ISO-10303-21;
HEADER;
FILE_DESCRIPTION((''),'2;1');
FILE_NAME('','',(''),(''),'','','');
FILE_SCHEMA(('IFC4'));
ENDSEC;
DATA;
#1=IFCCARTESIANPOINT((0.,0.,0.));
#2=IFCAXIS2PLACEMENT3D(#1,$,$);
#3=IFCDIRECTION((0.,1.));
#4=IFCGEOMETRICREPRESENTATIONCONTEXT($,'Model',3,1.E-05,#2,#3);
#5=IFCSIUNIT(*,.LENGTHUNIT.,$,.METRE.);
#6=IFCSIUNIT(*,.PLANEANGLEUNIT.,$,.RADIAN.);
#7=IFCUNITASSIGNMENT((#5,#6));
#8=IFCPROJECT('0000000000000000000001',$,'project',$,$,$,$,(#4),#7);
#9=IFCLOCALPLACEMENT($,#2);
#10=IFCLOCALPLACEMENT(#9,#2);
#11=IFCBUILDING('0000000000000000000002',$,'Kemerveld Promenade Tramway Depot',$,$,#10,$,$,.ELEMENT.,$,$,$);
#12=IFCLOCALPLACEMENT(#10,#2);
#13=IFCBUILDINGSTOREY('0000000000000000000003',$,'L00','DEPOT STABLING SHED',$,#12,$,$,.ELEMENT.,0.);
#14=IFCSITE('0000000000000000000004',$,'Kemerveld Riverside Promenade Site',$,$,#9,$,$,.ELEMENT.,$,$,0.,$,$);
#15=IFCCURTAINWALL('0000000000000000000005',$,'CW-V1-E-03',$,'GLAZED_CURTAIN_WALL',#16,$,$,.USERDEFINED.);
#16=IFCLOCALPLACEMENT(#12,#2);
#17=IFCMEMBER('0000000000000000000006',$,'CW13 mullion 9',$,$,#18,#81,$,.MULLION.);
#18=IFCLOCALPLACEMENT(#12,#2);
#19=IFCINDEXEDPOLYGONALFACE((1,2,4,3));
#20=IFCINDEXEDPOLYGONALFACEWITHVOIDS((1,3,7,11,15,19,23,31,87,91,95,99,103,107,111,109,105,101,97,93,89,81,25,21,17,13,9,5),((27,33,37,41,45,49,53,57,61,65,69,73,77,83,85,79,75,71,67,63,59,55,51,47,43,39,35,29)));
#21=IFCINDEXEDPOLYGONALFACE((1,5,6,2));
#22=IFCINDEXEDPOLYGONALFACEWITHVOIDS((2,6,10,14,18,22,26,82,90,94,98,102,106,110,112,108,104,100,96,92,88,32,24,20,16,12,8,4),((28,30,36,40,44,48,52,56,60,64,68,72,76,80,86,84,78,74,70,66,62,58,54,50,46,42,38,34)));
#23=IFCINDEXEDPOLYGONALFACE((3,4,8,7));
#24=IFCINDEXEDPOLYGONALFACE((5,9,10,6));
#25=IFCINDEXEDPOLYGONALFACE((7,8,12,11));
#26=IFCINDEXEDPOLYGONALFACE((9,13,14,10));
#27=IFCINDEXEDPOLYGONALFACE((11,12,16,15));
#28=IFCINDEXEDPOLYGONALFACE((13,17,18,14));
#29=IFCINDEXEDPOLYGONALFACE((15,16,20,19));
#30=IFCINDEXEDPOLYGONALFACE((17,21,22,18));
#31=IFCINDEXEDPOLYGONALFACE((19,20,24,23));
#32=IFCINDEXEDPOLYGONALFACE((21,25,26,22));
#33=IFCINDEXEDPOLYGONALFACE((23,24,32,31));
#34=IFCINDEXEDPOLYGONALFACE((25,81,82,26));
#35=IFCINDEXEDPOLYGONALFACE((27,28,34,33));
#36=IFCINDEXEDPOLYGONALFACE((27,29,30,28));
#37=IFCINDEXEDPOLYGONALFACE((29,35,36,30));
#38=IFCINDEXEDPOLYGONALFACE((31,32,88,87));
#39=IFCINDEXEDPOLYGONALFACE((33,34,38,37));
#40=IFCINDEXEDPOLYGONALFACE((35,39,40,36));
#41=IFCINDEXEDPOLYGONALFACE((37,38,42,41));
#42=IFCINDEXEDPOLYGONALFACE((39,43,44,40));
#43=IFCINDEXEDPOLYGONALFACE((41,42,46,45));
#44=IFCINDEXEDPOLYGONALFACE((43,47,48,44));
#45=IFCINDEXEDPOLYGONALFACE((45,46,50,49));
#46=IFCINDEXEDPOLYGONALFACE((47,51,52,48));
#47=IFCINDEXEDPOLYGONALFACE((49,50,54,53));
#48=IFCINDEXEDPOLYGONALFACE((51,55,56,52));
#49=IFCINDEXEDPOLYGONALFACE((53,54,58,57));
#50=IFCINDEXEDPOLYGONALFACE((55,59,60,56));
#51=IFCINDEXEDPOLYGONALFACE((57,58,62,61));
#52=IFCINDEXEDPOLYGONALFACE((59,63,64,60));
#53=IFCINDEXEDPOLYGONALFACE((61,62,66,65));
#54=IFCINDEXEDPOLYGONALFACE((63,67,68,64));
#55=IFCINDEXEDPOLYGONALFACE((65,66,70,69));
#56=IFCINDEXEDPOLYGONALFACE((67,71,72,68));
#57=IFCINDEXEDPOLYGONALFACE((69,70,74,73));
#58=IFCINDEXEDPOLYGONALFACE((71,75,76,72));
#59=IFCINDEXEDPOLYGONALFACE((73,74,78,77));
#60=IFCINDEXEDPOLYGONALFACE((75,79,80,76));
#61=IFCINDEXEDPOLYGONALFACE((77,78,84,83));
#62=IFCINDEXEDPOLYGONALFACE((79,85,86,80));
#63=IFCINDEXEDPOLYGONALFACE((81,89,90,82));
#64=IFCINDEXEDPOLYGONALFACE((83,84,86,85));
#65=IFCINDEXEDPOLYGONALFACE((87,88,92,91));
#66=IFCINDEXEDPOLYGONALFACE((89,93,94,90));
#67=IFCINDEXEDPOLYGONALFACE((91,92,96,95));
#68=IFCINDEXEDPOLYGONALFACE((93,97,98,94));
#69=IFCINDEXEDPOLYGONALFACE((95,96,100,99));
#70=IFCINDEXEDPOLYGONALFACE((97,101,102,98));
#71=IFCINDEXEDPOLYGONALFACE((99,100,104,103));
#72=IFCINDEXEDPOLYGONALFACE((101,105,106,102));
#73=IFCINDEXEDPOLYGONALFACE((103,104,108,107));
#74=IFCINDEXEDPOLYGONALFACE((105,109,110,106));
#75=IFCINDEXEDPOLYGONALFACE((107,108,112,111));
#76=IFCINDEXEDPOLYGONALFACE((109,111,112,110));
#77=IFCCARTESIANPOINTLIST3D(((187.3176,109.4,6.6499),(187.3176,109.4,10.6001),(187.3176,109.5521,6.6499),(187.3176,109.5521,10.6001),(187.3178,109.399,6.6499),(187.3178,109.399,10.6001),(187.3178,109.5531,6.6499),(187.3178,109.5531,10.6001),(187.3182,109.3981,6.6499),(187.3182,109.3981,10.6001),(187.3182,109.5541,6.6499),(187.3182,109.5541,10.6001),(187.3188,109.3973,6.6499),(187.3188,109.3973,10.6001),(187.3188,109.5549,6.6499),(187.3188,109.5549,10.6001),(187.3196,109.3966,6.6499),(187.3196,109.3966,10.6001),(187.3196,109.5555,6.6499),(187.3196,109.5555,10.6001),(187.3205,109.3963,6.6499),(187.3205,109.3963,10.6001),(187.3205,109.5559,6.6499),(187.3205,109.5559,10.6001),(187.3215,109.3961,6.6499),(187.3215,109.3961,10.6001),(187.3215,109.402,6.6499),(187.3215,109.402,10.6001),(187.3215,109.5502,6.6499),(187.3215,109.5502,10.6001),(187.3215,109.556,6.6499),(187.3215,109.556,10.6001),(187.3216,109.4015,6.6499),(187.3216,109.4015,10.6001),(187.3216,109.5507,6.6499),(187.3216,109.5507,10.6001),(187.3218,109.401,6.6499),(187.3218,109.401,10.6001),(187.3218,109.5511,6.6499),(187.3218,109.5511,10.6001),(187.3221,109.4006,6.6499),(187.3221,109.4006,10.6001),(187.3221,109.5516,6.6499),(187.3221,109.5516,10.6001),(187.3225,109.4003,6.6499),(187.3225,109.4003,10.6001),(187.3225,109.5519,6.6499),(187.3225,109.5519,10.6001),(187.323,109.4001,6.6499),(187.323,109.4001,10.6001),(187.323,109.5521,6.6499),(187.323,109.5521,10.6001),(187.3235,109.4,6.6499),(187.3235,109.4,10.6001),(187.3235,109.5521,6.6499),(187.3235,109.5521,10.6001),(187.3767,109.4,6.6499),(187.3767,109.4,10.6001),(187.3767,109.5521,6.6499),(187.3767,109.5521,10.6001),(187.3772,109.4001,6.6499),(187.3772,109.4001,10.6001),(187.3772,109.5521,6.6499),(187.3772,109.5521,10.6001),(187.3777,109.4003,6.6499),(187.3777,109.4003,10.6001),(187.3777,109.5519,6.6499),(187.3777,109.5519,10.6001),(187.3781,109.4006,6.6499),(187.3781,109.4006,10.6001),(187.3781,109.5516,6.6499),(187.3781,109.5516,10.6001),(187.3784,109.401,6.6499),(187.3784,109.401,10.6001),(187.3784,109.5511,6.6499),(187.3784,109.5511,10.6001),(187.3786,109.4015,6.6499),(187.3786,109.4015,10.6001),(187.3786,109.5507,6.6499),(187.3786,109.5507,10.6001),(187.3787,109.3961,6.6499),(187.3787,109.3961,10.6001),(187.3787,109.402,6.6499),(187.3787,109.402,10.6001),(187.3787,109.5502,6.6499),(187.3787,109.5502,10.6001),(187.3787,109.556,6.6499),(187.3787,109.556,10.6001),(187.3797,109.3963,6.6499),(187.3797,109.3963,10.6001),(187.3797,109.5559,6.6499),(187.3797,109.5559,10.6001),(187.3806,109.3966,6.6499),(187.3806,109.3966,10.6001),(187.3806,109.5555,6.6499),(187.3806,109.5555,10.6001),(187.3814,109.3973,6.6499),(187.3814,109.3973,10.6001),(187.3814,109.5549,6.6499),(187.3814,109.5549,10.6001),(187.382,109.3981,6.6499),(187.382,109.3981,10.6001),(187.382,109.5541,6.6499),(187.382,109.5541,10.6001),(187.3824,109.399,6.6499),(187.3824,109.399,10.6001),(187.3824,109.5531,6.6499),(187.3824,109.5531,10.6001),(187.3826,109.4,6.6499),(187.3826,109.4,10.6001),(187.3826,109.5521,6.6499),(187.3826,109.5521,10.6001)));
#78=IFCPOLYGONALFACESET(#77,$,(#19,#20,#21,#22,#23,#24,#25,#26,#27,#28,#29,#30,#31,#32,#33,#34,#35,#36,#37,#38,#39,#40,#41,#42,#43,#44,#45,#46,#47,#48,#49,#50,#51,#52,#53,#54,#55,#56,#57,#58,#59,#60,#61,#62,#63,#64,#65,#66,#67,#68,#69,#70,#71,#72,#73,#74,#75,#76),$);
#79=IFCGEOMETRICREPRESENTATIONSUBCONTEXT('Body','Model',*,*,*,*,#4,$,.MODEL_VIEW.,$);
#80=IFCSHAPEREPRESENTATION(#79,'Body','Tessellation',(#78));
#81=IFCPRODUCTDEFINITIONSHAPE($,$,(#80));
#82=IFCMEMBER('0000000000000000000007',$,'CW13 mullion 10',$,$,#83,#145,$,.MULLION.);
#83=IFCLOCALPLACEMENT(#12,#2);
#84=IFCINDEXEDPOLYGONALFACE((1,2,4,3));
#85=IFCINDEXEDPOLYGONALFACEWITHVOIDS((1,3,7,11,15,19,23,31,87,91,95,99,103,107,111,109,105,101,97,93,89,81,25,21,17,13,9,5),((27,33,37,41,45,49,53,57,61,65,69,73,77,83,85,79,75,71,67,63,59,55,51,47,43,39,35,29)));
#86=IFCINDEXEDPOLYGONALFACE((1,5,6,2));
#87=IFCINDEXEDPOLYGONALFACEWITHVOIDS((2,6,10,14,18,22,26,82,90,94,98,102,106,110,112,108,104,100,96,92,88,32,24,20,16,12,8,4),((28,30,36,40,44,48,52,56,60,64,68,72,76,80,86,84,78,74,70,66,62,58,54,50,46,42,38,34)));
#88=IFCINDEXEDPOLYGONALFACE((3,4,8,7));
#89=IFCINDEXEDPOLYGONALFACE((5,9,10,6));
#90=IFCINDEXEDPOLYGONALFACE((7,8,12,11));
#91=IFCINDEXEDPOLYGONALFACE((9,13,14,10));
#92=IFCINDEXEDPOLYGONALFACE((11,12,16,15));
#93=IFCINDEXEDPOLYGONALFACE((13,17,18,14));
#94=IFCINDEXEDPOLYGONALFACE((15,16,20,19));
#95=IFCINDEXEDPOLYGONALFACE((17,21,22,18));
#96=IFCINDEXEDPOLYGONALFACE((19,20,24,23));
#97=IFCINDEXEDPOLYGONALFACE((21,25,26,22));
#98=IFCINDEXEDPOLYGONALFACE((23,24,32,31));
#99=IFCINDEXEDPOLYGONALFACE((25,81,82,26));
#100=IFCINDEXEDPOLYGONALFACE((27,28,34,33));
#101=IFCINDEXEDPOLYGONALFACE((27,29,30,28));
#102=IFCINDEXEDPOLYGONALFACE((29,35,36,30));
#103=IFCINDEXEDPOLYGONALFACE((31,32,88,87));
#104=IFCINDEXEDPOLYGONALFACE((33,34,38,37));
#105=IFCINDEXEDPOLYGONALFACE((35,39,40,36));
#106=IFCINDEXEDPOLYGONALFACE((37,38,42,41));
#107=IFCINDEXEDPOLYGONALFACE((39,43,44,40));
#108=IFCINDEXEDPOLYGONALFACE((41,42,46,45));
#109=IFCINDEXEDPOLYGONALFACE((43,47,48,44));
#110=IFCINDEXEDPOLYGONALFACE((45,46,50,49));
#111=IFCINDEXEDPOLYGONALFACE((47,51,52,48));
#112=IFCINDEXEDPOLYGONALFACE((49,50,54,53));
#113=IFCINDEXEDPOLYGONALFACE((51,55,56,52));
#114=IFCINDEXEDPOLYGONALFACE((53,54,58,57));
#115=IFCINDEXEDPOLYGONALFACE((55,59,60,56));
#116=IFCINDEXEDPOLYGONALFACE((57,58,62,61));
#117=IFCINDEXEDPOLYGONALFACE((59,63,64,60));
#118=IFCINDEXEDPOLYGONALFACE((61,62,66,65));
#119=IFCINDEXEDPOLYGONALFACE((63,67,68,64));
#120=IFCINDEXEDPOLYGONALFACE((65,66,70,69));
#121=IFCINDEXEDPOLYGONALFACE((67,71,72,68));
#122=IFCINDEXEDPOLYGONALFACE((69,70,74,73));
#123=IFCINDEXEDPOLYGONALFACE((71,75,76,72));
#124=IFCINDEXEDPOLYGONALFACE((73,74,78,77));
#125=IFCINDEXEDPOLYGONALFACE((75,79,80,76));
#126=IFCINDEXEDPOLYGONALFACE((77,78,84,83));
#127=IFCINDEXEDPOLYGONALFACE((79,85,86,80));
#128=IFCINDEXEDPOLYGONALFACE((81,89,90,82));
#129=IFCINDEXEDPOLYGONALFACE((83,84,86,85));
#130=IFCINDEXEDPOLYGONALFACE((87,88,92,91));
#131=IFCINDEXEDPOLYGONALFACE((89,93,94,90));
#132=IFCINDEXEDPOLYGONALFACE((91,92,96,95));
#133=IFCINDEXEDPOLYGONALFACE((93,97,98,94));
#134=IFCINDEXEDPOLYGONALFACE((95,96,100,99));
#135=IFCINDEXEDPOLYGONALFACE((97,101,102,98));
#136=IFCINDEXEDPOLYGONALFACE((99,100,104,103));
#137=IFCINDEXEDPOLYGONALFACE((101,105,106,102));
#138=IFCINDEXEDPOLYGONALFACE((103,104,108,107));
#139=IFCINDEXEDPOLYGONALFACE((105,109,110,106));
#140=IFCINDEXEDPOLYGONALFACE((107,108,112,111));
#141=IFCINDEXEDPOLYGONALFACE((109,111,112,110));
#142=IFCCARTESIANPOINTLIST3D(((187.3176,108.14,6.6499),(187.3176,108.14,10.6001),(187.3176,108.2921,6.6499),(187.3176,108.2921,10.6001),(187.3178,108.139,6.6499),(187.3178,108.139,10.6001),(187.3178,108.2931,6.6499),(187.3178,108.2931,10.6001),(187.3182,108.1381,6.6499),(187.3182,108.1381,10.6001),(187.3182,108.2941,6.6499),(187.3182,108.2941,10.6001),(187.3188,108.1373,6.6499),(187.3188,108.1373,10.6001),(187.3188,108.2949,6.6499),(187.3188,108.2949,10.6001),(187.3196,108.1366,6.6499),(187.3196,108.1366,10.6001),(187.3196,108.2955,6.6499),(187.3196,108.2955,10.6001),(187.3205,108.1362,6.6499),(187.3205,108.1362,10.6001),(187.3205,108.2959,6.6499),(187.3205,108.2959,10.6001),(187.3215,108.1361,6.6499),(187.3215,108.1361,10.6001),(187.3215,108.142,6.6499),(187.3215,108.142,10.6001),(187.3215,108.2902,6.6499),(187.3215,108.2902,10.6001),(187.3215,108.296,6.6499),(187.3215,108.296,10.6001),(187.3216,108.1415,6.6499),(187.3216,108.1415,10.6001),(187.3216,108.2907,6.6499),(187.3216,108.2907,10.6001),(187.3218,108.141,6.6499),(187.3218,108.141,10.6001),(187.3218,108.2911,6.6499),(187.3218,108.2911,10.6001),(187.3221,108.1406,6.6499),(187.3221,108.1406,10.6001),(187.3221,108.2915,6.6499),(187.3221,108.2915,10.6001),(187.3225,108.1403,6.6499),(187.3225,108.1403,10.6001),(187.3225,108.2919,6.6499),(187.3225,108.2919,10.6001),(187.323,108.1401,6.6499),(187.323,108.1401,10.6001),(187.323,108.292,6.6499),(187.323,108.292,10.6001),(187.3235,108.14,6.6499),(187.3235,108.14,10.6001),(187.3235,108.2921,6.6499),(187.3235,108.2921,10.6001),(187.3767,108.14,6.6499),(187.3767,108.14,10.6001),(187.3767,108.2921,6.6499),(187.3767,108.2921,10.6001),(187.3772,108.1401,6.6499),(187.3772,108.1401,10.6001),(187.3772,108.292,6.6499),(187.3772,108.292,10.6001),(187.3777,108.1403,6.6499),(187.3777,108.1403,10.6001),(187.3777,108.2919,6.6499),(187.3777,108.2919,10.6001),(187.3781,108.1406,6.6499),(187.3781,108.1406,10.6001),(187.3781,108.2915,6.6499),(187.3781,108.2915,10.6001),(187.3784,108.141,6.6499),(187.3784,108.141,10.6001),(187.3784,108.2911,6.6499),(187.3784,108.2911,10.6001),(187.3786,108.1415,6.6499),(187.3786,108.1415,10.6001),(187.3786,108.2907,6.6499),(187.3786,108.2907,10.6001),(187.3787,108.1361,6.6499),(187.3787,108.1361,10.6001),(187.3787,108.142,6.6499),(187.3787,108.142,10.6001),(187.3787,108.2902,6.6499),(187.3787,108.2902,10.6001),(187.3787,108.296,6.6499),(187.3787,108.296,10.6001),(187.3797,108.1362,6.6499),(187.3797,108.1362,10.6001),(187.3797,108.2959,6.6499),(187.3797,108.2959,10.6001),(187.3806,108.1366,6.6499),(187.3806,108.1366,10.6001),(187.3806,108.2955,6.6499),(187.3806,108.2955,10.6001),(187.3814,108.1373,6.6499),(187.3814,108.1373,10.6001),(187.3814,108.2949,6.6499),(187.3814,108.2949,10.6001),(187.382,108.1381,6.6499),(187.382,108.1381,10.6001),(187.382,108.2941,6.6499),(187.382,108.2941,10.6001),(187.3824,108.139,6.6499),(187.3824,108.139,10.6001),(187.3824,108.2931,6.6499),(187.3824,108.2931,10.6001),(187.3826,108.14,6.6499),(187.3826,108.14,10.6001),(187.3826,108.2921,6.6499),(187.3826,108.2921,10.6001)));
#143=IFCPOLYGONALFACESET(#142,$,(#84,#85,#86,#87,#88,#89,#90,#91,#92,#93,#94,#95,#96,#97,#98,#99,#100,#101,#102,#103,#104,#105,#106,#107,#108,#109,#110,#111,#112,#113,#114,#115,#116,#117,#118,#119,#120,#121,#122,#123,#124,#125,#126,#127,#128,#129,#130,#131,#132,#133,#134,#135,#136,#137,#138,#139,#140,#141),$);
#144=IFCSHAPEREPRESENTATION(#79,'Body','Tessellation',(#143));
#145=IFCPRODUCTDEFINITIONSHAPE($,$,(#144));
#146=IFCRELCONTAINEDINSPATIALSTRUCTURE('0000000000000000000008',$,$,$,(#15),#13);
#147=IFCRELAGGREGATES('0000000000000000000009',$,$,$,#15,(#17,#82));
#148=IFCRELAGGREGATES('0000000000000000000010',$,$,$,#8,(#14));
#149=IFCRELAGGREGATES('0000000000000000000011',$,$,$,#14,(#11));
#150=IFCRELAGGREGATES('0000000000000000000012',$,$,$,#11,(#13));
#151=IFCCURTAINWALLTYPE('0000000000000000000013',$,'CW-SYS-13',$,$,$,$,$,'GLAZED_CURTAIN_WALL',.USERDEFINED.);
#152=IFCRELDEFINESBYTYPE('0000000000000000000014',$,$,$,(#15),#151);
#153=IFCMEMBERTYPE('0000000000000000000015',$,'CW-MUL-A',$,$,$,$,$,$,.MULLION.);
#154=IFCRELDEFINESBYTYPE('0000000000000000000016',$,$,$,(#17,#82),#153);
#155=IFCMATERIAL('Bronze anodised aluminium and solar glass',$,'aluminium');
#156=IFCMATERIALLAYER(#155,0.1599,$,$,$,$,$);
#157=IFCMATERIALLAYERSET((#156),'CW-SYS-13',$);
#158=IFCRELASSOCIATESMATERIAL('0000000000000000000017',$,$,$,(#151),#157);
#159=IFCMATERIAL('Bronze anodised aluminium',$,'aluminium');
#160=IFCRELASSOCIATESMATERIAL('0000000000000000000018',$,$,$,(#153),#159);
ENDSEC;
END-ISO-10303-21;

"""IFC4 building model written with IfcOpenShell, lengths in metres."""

from ifc_helpers import new_model, si_unit, direction, frame, origin, origin_2d, place, context, subcontext, project, spatial, hollow_rectangle, extrude, material, layer, layer_set, material_profile, profile_set, type_object, element, aggregate, save


model = new_model("IFC4")

# Units and contexts
model_context = context("Model", 3, precision=1e-05, world=origin(), true_north=direction((0.0, 1.0)))
body_context = subcontext(model_context, "Body", "Model", "MODEL_VIEW")
ifc_project = project(units=[si_unit("LENGTHUNIT", "METRE"), si_unit("PLANEANGLEUNIT", "RADIAN")], contexts=[model_context])

# Site, building, storey
site_placement = place(None, origin())
site = spatial("IfcSite", under=ifc_project, at=site_placement, Name="Kemerveld Riverside Promenade Site", CompositionType="ELEMENT", RefElevation=0.0)
building_placement = place(site_placement, origin())
building = spatial("IfcBuilding", under=site, at=building_placement, Name="Kemerveld Promenade Tramway Depot", CompositionType="ELEMENT")
storey_placement = place(building_placement, origin())
storey = spatial("IfcBuildingStorey", under=building, at=storey_placement, Name="L00", Description="DEPOT STABLING SHED", CompositionType="ELEMENT", Elevation=0.0)

# Curtain wall, members
ifc_material_1 = material(Name="Bronze anodised aluminium and solar glass", Category="aluminium")
ifc_layer_1 = layer(ifc_material_1, 0.1599)
ifc_layer_set_1 = layer_set([ifc_layer_1], Name="CW-SYS-13")
curtain_wall_type_1 = type_object("IfcCurtainWallType", Name="CW-SYS-13", ElementType="GLAZED_CURTAIN_WALL", PredefinedType="USERDEFINED", material=ifc_layer_set_1)
curtain_wall_1_placement = place(storey_placement, origin())
curtain_wall_1 = element("IfcCurtainWall", 1, at=curtain_wall_1_placement, inside=storey, type_object=curtain_wall_type_1, Name="CW-V1-E-03", ObjectType="GLAZED_CURTAIN_WALL", PredefinedType="USERDEFINED")
ifc_material_2 = material(Name="Bronze anodised aluminium", Category="aluminium")
ifc_material_profile_1 = material_profile(ifc_material_2, hollow_rectangle(XDim=0.0649, YDim=0.1599, WallThickness=0.0039, InnerFilletRadius=0.002, OuterFilletRadius=0.0039, at=origin_2d()), Name="CW-MUL-160x65")
ifc_profile_set_1 = profile_set([ifc_material_profile_1], Name="Bronze anodised aluminium")
member_type_1 = type_object("IfcMemberType", Name="CW-MUL-A", PredefinedType="MULLION", material=ifc_profile_set_1)
member_1_placement = place(storey_placement, frame((187.3501, 109.4761, 6.6499), z_axis=(0.0, 0.0, 1.0), x_axis=(1.0, 0.0, 0.0)))
member_1 = element("IfcMember", 2, at=member_1_placement, type_object=member_type_1, Name="CW13 mullion 9", PredefinedType="MULLION", context=body_context, shape_type="SweptSolid", body=[
    extrude(hollow_rectangle(XDim=0.0649, YDim=0.1599, WallThickness=0.0039, InnerFilletRadius=0.002, OuterFilletRadius=0.0039, at=origin_2d()), origin(), (0.0, 0.0, 1.0), 3.9502),
])
member_2_placement = place(storey_placement, frame((187.3501, 108.2161, 6.6499), z_axis=(0.0, 0.0, 1.0), x_axis=(1.0, 0.0, 0.0)))
member_2 = element("IfcMember", 3, at=member_2_placement, type_object=member_type_1, Name="CW13 mullion 10", PredefinedType="MULLION", context=body_context, shape_type="SweptSolid", body=[
    extrude(hollow_rectangle(XDim=0.0649, YDim=0.1599, WallThickness=0.0039, InnerFilletRadius=0.002, OuterFilletRadius=0.0039, at=origin_2d()), origin(), (0.0, 0.0, 1.0), 3.9502),
])

aggregate(curtain_wall_1, [member_1, member_2])

save(model, "model.ifc")
